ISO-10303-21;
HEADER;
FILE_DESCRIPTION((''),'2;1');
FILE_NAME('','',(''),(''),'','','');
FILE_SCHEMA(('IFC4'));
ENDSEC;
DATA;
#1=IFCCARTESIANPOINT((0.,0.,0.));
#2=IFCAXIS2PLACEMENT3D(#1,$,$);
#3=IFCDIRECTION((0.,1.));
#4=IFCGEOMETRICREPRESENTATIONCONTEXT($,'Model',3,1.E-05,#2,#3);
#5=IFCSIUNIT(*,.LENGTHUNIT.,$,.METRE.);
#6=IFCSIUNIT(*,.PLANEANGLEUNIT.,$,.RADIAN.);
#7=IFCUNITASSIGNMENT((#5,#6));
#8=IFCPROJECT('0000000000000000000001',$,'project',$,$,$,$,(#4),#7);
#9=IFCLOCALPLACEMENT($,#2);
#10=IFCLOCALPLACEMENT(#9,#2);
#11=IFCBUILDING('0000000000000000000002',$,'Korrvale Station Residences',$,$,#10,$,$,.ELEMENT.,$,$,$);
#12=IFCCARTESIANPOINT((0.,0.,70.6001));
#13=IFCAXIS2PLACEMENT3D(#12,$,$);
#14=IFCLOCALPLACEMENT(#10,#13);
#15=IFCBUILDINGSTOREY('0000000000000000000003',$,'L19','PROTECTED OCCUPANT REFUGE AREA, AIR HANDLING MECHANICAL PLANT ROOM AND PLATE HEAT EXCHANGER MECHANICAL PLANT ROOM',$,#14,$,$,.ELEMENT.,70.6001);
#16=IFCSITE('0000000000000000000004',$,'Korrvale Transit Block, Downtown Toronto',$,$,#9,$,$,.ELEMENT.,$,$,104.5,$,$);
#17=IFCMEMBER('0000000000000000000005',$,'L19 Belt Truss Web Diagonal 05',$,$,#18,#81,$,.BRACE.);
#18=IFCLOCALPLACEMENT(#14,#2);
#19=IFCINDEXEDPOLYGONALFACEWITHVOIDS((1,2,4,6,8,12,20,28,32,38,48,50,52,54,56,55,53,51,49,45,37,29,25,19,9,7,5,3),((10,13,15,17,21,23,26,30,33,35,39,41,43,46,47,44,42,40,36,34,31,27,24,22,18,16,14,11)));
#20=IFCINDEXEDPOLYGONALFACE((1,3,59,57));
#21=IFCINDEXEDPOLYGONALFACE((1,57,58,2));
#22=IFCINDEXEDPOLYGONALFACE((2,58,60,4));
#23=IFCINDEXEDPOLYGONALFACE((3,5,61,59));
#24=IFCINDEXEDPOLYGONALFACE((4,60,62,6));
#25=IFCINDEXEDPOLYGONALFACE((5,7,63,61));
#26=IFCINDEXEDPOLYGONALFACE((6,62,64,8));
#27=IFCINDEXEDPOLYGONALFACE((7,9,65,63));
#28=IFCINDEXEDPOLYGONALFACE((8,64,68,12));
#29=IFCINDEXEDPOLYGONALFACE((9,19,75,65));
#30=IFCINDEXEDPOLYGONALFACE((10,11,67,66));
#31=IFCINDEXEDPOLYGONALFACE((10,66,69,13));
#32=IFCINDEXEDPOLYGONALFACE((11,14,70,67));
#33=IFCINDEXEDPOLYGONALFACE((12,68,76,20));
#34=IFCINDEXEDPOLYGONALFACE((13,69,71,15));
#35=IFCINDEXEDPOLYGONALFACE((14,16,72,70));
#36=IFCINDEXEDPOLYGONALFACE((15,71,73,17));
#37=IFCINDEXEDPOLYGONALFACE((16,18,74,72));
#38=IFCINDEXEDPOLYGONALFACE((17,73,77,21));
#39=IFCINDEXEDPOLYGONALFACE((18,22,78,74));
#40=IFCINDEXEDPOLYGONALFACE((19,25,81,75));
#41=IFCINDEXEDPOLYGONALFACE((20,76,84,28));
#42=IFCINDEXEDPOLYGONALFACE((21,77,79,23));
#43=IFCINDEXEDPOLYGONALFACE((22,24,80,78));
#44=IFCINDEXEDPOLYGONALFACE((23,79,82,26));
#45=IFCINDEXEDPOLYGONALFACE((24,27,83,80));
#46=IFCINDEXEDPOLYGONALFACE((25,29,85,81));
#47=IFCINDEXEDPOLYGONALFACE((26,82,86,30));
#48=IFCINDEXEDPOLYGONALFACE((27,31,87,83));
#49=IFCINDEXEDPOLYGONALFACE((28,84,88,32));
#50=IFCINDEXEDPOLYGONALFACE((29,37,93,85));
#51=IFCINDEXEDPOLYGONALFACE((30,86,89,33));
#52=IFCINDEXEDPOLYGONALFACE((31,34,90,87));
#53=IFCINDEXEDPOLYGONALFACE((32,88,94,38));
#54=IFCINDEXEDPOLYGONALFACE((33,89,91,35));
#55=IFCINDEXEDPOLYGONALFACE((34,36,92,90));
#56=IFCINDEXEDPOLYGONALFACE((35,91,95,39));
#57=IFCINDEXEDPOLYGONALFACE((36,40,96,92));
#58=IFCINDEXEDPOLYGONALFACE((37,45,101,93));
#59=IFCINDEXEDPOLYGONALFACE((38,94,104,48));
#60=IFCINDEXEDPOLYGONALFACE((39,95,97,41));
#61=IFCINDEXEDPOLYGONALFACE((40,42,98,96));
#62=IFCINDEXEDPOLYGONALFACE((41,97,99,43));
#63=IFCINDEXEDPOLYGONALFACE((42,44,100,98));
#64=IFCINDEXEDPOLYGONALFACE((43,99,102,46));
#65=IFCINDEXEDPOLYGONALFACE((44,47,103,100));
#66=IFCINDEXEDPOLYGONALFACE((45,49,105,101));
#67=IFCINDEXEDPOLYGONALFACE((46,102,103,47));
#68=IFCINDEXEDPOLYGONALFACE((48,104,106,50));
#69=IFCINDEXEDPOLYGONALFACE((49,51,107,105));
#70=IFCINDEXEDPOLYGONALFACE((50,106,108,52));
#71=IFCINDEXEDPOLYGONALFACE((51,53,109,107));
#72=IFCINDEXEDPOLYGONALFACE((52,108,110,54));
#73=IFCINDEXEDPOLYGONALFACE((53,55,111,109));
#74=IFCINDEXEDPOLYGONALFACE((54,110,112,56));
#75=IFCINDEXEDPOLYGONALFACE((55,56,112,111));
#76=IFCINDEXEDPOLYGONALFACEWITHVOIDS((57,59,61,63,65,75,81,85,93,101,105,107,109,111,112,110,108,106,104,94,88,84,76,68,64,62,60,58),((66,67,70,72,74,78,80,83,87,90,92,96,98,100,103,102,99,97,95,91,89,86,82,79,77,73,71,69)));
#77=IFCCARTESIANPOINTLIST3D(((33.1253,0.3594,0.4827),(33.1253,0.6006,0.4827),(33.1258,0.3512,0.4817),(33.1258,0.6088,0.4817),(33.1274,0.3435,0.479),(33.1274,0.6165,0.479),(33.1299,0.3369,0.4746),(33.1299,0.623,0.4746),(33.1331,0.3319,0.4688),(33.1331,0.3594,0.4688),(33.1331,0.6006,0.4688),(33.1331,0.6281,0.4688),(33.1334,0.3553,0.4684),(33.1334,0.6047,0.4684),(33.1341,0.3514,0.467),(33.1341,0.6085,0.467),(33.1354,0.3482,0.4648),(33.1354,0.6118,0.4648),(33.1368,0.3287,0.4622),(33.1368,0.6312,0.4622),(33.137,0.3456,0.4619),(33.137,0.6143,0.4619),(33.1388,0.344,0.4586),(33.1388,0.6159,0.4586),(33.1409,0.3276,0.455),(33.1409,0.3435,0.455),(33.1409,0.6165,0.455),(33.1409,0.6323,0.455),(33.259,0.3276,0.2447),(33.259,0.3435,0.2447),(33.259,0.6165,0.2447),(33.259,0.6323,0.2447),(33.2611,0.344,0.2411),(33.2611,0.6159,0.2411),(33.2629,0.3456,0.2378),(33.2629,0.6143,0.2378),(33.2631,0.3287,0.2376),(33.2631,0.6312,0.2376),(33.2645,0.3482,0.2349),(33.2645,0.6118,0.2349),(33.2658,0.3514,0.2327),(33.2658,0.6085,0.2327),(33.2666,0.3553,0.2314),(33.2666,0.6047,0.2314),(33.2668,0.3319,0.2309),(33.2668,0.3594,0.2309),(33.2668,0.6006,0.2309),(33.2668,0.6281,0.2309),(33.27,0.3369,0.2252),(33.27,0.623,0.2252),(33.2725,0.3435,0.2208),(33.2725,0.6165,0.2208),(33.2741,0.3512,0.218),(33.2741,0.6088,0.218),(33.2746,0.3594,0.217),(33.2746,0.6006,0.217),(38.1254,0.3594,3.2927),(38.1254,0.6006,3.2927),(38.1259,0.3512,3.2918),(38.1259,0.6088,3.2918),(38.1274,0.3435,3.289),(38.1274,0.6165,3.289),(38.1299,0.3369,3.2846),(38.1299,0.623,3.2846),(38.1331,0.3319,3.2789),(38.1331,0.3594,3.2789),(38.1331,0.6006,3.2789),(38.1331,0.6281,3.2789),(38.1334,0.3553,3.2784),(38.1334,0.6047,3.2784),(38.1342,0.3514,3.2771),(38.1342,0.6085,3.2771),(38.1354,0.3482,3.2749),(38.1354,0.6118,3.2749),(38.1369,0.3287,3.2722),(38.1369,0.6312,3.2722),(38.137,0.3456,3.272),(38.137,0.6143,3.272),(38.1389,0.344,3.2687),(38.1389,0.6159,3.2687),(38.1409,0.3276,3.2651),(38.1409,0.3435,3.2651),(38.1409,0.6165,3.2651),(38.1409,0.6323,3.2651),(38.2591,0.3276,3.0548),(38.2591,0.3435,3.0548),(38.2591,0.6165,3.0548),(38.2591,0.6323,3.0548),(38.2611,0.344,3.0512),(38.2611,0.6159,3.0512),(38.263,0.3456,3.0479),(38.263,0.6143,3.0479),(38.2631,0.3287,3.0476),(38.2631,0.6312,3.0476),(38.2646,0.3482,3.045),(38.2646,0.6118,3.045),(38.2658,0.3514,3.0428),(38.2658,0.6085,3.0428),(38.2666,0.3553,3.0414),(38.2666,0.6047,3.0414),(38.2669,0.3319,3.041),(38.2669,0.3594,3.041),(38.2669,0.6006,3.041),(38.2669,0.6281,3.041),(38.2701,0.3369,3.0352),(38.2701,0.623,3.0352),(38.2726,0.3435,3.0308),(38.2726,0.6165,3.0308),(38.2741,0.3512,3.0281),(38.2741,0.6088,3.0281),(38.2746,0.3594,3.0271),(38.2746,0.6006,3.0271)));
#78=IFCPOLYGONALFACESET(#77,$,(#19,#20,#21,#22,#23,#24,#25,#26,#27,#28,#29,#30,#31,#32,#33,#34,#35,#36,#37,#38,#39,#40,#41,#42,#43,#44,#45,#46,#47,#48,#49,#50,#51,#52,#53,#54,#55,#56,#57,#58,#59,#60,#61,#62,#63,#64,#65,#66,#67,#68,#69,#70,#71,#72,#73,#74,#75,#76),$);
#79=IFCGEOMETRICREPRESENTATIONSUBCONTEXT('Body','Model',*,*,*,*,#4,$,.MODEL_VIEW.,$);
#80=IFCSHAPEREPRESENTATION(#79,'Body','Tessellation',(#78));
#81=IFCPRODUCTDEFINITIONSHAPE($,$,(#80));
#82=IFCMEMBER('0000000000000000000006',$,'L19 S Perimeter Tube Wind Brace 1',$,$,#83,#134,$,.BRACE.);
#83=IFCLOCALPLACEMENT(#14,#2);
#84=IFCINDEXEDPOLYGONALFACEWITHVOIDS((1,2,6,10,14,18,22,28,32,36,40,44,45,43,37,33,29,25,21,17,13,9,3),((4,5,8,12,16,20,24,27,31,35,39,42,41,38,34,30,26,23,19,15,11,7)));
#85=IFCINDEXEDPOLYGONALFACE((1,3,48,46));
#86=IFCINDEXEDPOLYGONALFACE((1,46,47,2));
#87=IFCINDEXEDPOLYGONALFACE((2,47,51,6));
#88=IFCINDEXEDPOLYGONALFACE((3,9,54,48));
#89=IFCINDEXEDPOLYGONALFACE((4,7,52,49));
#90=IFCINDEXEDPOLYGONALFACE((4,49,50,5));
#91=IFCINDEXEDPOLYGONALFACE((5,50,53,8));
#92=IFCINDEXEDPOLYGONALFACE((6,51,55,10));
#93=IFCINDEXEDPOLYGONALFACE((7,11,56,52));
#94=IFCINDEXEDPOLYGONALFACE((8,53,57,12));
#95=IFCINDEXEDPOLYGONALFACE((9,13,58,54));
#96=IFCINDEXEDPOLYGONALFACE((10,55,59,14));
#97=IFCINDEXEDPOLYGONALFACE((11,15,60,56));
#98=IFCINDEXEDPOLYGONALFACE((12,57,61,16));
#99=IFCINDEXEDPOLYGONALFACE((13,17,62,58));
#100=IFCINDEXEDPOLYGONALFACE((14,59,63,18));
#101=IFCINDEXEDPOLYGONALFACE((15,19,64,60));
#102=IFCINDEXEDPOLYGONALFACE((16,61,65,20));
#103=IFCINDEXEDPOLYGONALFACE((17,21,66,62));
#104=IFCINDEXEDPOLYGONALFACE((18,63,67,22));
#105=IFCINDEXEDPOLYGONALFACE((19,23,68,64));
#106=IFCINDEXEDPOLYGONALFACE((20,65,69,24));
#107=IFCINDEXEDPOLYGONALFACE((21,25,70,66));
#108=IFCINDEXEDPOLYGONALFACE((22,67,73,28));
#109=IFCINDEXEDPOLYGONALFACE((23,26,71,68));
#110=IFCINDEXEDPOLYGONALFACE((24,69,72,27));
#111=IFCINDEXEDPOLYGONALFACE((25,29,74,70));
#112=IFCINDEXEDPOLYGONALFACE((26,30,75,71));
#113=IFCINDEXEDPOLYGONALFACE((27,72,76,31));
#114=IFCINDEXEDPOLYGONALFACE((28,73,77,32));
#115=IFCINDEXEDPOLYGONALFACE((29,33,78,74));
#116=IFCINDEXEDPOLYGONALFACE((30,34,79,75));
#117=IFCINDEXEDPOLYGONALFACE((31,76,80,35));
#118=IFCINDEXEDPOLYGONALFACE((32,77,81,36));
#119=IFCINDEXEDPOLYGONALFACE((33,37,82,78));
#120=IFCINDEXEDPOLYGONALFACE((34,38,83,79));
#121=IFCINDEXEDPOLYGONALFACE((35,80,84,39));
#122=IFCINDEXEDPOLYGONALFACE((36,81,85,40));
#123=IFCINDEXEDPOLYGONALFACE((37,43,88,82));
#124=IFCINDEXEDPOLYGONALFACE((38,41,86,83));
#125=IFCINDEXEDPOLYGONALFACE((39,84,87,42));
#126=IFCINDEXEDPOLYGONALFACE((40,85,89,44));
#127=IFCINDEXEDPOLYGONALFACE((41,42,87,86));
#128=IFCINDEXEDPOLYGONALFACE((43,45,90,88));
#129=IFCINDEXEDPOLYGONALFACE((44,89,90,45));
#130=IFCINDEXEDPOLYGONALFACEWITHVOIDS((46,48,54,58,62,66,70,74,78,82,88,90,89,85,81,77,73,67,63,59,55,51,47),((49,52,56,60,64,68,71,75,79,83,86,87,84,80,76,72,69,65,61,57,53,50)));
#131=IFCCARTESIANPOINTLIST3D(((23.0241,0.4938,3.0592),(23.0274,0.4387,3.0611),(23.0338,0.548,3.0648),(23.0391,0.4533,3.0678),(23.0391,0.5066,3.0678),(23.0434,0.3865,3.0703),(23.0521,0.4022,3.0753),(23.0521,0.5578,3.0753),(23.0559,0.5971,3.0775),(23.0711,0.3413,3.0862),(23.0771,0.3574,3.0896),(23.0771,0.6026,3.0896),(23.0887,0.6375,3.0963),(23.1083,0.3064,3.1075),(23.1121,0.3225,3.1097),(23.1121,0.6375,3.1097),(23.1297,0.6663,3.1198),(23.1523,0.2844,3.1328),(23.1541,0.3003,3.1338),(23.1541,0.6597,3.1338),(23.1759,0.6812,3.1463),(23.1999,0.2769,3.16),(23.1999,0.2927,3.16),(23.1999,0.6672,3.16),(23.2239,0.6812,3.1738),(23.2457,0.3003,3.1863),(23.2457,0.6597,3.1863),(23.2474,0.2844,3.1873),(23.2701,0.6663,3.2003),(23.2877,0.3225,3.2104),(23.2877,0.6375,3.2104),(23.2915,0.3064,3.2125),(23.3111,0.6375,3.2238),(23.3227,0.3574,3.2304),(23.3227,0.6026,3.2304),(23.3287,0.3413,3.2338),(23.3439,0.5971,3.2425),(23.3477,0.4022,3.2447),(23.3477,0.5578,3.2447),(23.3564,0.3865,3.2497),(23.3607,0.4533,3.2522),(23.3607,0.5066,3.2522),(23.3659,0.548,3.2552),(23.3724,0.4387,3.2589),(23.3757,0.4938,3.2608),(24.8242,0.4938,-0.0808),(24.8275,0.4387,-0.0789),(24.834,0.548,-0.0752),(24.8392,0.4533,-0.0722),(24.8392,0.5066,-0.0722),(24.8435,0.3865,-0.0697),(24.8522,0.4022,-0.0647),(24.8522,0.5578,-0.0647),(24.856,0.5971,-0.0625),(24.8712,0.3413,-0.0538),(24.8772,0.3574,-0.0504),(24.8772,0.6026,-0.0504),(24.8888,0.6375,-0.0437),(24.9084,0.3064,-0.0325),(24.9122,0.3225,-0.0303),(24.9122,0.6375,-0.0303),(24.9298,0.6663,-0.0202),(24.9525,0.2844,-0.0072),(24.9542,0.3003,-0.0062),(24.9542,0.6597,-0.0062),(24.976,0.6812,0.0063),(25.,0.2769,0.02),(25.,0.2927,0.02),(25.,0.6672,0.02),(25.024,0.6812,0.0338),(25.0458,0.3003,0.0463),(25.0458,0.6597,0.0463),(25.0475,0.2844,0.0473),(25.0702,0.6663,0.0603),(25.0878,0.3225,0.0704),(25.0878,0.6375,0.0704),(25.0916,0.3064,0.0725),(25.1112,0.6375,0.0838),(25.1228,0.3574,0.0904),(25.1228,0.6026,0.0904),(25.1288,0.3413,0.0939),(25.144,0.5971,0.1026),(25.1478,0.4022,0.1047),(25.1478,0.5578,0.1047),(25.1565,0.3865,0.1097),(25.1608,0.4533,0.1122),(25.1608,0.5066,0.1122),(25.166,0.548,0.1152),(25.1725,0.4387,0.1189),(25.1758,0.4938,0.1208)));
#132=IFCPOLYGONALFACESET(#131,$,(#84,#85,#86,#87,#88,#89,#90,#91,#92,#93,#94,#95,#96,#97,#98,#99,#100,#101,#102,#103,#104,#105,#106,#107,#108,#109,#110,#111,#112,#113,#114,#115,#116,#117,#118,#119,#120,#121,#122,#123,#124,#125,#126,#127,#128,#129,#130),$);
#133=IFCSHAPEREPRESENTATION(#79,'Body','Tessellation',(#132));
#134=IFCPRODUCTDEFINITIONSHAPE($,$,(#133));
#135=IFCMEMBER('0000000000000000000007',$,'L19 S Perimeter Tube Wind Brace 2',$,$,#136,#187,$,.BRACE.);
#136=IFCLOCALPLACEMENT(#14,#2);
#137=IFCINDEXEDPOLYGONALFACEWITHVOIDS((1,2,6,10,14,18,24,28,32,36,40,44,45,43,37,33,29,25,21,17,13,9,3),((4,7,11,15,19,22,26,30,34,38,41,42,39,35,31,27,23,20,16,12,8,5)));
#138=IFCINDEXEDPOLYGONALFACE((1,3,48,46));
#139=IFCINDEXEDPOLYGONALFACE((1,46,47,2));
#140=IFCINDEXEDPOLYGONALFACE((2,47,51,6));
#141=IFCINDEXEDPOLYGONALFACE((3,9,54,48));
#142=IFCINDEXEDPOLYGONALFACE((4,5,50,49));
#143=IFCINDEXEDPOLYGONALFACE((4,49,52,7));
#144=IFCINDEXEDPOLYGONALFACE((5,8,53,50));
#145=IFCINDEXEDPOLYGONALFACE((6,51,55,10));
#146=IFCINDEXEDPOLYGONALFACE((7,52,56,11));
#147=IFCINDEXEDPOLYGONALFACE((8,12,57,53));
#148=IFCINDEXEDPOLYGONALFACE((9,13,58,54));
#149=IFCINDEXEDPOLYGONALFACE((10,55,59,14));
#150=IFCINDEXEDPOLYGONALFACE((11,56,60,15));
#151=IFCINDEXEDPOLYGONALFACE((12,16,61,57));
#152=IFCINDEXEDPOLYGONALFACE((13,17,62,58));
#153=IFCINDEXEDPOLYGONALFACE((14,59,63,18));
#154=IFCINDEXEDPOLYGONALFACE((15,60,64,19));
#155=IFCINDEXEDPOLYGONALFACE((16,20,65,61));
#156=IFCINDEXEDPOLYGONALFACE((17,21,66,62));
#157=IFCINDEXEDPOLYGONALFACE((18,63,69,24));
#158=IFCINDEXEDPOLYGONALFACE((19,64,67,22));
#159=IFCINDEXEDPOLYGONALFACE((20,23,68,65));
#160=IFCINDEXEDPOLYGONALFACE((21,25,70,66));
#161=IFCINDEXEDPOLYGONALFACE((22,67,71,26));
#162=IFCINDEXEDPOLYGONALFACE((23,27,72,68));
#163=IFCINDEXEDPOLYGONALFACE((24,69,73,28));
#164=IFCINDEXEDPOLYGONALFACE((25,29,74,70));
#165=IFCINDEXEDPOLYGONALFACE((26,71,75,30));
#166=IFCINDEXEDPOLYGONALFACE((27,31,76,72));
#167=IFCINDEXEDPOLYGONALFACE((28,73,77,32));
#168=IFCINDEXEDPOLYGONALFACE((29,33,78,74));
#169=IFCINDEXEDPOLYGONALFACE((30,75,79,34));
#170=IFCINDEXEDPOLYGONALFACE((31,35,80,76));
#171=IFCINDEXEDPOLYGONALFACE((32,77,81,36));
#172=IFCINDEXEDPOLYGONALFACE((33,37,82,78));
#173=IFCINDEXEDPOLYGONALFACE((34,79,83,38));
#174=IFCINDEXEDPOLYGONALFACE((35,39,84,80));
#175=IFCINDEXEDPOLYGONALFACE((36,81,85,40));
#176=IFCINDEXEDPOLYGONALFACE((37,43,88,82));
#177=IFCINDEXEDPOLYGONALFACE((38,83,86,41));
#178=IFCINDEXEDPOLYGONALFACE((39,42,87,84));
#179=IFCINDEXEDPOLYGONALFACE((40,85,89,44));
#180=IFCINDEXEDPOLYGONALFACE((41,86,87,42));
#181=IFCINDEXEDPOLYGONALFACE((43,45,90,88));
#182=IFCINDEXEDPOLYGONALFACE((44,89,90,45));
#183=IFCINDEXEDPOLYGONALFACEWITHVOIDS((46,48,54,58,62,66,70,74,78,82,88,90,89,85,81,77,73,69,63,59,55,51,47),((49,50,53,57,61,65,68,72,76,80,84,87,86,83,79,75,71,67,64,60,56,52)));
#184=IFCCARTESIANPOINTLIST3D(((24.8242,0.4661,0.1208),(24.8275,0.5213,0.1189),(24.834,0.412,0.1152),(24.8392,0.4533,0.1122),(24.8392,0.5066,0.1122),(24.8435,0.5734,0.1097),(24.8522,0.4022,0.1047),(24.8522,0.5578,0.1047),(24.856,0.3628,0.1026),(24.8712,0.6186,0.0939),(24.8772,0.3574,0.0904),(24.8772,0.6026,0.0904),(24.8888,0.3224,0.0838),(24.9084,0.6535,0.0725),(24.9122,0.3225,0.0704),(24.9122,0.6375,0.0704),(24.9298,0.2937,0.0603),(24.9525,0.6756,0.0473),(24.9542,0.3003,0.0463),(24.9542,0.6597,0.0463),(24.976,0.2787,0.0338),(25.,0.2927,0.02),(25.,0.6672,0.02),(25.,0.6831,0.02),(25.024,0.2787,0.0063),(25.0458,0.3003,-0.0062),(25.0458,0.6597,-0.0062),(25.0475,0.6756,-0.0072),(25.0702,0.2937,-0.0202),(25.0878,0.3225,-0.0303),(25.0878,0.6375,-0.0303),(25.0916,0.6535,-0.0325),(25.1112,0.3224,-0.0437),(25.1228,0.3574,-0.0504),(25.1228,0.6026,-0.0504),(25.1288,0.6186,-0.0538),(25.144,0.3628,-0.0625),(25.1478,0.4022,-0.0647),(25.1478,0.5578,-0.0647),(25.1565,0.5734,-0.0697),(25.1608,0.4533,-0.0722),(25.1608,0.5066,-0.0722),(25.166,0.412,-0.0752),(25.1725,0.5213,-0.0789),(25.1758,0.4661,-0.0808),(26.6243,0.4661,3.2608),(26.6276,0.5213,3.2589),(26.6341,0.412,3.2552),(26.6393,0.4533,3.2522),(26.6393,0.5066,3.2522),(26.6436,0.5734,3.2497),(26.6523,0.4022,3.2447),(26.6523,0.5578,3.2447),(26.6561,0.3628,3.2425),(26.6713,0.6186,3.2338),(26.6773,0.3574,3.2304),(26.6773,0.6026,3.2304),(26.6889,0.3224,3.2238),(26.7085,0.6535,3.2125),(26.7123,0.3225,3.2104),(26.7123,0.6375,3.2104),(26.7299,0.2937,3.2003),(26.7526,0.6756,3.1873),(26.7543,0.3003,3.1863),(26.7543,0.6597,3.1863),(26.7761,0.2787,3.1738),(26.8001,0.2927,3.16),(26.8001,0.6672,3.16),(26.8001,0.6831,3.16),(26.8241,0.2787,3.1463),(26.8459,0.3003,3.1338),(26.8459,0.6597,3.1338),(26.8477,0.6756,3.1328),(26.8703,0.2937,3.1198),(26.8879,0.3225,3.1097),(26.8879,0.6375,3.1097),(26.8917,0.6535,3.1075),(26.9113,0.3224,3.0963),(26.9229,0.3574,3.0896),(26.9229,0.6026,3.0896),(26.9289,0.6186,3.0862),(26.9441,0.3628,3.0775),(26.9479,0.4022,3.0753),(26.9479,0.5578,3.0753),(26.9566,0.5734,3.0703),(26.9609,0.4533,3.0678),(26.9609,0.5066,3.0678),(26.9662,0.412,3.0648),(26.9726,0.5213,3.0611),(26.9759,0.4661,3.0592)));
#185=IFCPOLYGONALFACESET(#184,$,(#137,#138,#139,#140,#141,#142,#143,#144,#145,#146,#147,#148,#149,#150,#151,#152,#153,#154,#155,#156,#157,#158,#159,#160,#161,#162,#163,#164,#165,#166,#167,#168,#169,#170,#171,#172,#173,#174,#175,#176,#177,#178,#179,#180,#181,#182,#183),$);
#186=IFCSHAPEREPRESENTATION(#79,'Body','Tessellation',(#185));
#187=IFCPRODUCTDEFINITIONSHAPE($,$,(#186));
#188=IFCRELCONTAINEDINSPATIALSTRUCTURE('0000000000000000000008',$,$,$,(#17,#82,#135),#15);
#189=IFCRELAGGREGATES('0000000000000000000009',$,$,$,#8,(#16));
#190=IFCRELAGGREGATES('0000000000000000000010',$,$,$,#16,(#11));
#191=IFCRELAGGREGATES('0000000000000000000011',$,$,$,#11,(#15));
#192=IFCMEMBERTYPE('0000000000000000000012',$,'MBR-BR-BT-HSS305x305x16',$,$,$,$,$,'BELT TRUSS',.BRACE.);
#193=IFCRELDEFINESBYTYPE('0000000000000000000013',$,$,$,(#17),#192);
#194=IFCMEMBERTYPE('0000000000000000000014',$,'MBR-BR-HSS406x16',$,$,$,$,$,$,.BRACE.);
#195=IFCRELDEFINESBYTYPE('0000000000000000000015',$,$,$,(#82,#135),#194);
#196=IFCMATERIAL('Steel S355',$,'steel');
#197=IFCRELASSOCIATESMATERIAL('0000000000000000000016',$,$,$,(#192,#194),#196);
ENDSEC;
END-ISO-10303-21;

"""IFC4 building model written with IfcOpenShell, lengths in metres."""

from ifc_helpers import new_model, si_unit, direction, frame, origin, origin_2d, place, context, subcontext, project, spatial, hollow_rectangle, hollow_circle, extrude, material, material_profile, profile_set, type_object, element, save


model = new_model("IFC4")

# Units and contexts
model_context = context("Model", 3, precision=1e-05, world=origin(), true_north=direction((0.0, 1.0)))
body_context = subcontext(model_context, "Body", "Model", "MODEL_VIEW")
ifc_project = project(units=[si_unit("LENGTHUNIT", "METRE"), si_unit("PLANEANGLEUNIT", "RADIAN")], contexts=[model_context])

# Site, building, storey
site_placement = place(None, origin())
site = spatial("IfcSite", under=ifc_project, at=site_placement, Name="Korrvale Transit Block, Downtown Toronto", CompositionType="ELEMENT", RefElevation=104.5)
building_placement = place(site_placement, origin())
building = spatial("IfcBuilding", under=site, at=building_placement, Name="Korrvale Station Residences", CompositionType="ELEMENT")
storey_placement = place(building_placement, frame((0.0, 0.0, 70.6001)))
storey = spatial("IfcBuildingStorey", under=building, at=storey_placement, Name="L19", Description="PROTECTED OCCUPANT REFUGE AREA, AIR HANDLING MECHANICAL PLANT ROOM AND PLATE HEAT EXCHANGER MECHANICAL PLANT ROOM", CompositionType="ELEMENT", Elevation=70.6001)

# Members
ifc_material_1 = material(Name="Steel S355", Category="steel")
ifc_material_profile_1 = material_profile(ifc_material_1, hollow_rectangle(XDim=0.3047, YDim=0.3047, WallThickness=0.0159, InnerFilletRadius=0.0159, OuterFilletRadius=0.0317, at=origin_2d()), Name="HSS305x305x16")
ifc_profile_set_1 = profile_set([ifc_material_profile_1], Name="Steel S355")
member_type_1 = type_object("IfcMemberType", Name="MBR-BR-BT-HSS305x305x16", ElementType="BELT TRUSS", PredefinedType="BRACE", material=ifc_profile_set_1)
member_1_placement = place(storey_placement, frame((33.2, 0.48, 0.3499), z_axis=(0.871757, 0.0, 0.489938), x_axis=(0.0, 1.0, 0.0)))
element("IfcMember", 1, at=member_1_placement, inside=storey, type_object=member_type_1, Name="L19 Belt Truss Web Diagonal 05", PredefinedType="BRACE", context=body_context, shape_type="SweptSolid", body=[
    extrude(hollow_rectangle(XDim=0.3047, YDim=0.3047, WallThickness=0.0159, InnerFilletRadius=0.0159, OuterFilletRadius=0.0317, at=origin_2d()), origin(), (0.0, 0.0, 1.0), 5.7356),
])
ifc_material_profile_2 = material_profile(ifc_material_1, hollow_circle(Radius=0.2031, WallThickness=0.0159, at=origin_2d()), Name="HSS406x16")
ifc_profile_set_2 = profile_set([ifc_material_profile_2], Name="Steel S355")
member_type_2 = type_object("IfcMemberType", Name="MBR-BR-HSS406x16", PredefinedType="BRACE", material=ifc_profile_set_2)
for number, where, z_axis, x_axis, name in (
    (2, (25.0, 0.48, 0.02), (-0.497352, 0.0, 0.867549), (0.0, -1.0, 0.0), "L19 S Perimeter Tube Wind Brace 1"),
    (3, (25.0, 0.48, 0.02), (0.497352, 0.0, 0.867549), (0.0, 1.0, 0.0), "L19 S Perimeter Tube Wind Brace 2"),
):
    element("IfcMember", number, at=place(storey_placement, frame(where, z_axis=z_axis, x_axis=x_axis)), inside=storey, type_object=member_type_2, Name=name, PredefinedType="BRACE", context=body_context, shape_type="SweptSolid", body=[
        extrude(hollow_circle(Radius=0.2031, WallThickness=0.0159, at=origin_2d()), origin(), (0.0, 0.0, 1.0), 3.6194),
    ])

save(model, "model.ifc")
